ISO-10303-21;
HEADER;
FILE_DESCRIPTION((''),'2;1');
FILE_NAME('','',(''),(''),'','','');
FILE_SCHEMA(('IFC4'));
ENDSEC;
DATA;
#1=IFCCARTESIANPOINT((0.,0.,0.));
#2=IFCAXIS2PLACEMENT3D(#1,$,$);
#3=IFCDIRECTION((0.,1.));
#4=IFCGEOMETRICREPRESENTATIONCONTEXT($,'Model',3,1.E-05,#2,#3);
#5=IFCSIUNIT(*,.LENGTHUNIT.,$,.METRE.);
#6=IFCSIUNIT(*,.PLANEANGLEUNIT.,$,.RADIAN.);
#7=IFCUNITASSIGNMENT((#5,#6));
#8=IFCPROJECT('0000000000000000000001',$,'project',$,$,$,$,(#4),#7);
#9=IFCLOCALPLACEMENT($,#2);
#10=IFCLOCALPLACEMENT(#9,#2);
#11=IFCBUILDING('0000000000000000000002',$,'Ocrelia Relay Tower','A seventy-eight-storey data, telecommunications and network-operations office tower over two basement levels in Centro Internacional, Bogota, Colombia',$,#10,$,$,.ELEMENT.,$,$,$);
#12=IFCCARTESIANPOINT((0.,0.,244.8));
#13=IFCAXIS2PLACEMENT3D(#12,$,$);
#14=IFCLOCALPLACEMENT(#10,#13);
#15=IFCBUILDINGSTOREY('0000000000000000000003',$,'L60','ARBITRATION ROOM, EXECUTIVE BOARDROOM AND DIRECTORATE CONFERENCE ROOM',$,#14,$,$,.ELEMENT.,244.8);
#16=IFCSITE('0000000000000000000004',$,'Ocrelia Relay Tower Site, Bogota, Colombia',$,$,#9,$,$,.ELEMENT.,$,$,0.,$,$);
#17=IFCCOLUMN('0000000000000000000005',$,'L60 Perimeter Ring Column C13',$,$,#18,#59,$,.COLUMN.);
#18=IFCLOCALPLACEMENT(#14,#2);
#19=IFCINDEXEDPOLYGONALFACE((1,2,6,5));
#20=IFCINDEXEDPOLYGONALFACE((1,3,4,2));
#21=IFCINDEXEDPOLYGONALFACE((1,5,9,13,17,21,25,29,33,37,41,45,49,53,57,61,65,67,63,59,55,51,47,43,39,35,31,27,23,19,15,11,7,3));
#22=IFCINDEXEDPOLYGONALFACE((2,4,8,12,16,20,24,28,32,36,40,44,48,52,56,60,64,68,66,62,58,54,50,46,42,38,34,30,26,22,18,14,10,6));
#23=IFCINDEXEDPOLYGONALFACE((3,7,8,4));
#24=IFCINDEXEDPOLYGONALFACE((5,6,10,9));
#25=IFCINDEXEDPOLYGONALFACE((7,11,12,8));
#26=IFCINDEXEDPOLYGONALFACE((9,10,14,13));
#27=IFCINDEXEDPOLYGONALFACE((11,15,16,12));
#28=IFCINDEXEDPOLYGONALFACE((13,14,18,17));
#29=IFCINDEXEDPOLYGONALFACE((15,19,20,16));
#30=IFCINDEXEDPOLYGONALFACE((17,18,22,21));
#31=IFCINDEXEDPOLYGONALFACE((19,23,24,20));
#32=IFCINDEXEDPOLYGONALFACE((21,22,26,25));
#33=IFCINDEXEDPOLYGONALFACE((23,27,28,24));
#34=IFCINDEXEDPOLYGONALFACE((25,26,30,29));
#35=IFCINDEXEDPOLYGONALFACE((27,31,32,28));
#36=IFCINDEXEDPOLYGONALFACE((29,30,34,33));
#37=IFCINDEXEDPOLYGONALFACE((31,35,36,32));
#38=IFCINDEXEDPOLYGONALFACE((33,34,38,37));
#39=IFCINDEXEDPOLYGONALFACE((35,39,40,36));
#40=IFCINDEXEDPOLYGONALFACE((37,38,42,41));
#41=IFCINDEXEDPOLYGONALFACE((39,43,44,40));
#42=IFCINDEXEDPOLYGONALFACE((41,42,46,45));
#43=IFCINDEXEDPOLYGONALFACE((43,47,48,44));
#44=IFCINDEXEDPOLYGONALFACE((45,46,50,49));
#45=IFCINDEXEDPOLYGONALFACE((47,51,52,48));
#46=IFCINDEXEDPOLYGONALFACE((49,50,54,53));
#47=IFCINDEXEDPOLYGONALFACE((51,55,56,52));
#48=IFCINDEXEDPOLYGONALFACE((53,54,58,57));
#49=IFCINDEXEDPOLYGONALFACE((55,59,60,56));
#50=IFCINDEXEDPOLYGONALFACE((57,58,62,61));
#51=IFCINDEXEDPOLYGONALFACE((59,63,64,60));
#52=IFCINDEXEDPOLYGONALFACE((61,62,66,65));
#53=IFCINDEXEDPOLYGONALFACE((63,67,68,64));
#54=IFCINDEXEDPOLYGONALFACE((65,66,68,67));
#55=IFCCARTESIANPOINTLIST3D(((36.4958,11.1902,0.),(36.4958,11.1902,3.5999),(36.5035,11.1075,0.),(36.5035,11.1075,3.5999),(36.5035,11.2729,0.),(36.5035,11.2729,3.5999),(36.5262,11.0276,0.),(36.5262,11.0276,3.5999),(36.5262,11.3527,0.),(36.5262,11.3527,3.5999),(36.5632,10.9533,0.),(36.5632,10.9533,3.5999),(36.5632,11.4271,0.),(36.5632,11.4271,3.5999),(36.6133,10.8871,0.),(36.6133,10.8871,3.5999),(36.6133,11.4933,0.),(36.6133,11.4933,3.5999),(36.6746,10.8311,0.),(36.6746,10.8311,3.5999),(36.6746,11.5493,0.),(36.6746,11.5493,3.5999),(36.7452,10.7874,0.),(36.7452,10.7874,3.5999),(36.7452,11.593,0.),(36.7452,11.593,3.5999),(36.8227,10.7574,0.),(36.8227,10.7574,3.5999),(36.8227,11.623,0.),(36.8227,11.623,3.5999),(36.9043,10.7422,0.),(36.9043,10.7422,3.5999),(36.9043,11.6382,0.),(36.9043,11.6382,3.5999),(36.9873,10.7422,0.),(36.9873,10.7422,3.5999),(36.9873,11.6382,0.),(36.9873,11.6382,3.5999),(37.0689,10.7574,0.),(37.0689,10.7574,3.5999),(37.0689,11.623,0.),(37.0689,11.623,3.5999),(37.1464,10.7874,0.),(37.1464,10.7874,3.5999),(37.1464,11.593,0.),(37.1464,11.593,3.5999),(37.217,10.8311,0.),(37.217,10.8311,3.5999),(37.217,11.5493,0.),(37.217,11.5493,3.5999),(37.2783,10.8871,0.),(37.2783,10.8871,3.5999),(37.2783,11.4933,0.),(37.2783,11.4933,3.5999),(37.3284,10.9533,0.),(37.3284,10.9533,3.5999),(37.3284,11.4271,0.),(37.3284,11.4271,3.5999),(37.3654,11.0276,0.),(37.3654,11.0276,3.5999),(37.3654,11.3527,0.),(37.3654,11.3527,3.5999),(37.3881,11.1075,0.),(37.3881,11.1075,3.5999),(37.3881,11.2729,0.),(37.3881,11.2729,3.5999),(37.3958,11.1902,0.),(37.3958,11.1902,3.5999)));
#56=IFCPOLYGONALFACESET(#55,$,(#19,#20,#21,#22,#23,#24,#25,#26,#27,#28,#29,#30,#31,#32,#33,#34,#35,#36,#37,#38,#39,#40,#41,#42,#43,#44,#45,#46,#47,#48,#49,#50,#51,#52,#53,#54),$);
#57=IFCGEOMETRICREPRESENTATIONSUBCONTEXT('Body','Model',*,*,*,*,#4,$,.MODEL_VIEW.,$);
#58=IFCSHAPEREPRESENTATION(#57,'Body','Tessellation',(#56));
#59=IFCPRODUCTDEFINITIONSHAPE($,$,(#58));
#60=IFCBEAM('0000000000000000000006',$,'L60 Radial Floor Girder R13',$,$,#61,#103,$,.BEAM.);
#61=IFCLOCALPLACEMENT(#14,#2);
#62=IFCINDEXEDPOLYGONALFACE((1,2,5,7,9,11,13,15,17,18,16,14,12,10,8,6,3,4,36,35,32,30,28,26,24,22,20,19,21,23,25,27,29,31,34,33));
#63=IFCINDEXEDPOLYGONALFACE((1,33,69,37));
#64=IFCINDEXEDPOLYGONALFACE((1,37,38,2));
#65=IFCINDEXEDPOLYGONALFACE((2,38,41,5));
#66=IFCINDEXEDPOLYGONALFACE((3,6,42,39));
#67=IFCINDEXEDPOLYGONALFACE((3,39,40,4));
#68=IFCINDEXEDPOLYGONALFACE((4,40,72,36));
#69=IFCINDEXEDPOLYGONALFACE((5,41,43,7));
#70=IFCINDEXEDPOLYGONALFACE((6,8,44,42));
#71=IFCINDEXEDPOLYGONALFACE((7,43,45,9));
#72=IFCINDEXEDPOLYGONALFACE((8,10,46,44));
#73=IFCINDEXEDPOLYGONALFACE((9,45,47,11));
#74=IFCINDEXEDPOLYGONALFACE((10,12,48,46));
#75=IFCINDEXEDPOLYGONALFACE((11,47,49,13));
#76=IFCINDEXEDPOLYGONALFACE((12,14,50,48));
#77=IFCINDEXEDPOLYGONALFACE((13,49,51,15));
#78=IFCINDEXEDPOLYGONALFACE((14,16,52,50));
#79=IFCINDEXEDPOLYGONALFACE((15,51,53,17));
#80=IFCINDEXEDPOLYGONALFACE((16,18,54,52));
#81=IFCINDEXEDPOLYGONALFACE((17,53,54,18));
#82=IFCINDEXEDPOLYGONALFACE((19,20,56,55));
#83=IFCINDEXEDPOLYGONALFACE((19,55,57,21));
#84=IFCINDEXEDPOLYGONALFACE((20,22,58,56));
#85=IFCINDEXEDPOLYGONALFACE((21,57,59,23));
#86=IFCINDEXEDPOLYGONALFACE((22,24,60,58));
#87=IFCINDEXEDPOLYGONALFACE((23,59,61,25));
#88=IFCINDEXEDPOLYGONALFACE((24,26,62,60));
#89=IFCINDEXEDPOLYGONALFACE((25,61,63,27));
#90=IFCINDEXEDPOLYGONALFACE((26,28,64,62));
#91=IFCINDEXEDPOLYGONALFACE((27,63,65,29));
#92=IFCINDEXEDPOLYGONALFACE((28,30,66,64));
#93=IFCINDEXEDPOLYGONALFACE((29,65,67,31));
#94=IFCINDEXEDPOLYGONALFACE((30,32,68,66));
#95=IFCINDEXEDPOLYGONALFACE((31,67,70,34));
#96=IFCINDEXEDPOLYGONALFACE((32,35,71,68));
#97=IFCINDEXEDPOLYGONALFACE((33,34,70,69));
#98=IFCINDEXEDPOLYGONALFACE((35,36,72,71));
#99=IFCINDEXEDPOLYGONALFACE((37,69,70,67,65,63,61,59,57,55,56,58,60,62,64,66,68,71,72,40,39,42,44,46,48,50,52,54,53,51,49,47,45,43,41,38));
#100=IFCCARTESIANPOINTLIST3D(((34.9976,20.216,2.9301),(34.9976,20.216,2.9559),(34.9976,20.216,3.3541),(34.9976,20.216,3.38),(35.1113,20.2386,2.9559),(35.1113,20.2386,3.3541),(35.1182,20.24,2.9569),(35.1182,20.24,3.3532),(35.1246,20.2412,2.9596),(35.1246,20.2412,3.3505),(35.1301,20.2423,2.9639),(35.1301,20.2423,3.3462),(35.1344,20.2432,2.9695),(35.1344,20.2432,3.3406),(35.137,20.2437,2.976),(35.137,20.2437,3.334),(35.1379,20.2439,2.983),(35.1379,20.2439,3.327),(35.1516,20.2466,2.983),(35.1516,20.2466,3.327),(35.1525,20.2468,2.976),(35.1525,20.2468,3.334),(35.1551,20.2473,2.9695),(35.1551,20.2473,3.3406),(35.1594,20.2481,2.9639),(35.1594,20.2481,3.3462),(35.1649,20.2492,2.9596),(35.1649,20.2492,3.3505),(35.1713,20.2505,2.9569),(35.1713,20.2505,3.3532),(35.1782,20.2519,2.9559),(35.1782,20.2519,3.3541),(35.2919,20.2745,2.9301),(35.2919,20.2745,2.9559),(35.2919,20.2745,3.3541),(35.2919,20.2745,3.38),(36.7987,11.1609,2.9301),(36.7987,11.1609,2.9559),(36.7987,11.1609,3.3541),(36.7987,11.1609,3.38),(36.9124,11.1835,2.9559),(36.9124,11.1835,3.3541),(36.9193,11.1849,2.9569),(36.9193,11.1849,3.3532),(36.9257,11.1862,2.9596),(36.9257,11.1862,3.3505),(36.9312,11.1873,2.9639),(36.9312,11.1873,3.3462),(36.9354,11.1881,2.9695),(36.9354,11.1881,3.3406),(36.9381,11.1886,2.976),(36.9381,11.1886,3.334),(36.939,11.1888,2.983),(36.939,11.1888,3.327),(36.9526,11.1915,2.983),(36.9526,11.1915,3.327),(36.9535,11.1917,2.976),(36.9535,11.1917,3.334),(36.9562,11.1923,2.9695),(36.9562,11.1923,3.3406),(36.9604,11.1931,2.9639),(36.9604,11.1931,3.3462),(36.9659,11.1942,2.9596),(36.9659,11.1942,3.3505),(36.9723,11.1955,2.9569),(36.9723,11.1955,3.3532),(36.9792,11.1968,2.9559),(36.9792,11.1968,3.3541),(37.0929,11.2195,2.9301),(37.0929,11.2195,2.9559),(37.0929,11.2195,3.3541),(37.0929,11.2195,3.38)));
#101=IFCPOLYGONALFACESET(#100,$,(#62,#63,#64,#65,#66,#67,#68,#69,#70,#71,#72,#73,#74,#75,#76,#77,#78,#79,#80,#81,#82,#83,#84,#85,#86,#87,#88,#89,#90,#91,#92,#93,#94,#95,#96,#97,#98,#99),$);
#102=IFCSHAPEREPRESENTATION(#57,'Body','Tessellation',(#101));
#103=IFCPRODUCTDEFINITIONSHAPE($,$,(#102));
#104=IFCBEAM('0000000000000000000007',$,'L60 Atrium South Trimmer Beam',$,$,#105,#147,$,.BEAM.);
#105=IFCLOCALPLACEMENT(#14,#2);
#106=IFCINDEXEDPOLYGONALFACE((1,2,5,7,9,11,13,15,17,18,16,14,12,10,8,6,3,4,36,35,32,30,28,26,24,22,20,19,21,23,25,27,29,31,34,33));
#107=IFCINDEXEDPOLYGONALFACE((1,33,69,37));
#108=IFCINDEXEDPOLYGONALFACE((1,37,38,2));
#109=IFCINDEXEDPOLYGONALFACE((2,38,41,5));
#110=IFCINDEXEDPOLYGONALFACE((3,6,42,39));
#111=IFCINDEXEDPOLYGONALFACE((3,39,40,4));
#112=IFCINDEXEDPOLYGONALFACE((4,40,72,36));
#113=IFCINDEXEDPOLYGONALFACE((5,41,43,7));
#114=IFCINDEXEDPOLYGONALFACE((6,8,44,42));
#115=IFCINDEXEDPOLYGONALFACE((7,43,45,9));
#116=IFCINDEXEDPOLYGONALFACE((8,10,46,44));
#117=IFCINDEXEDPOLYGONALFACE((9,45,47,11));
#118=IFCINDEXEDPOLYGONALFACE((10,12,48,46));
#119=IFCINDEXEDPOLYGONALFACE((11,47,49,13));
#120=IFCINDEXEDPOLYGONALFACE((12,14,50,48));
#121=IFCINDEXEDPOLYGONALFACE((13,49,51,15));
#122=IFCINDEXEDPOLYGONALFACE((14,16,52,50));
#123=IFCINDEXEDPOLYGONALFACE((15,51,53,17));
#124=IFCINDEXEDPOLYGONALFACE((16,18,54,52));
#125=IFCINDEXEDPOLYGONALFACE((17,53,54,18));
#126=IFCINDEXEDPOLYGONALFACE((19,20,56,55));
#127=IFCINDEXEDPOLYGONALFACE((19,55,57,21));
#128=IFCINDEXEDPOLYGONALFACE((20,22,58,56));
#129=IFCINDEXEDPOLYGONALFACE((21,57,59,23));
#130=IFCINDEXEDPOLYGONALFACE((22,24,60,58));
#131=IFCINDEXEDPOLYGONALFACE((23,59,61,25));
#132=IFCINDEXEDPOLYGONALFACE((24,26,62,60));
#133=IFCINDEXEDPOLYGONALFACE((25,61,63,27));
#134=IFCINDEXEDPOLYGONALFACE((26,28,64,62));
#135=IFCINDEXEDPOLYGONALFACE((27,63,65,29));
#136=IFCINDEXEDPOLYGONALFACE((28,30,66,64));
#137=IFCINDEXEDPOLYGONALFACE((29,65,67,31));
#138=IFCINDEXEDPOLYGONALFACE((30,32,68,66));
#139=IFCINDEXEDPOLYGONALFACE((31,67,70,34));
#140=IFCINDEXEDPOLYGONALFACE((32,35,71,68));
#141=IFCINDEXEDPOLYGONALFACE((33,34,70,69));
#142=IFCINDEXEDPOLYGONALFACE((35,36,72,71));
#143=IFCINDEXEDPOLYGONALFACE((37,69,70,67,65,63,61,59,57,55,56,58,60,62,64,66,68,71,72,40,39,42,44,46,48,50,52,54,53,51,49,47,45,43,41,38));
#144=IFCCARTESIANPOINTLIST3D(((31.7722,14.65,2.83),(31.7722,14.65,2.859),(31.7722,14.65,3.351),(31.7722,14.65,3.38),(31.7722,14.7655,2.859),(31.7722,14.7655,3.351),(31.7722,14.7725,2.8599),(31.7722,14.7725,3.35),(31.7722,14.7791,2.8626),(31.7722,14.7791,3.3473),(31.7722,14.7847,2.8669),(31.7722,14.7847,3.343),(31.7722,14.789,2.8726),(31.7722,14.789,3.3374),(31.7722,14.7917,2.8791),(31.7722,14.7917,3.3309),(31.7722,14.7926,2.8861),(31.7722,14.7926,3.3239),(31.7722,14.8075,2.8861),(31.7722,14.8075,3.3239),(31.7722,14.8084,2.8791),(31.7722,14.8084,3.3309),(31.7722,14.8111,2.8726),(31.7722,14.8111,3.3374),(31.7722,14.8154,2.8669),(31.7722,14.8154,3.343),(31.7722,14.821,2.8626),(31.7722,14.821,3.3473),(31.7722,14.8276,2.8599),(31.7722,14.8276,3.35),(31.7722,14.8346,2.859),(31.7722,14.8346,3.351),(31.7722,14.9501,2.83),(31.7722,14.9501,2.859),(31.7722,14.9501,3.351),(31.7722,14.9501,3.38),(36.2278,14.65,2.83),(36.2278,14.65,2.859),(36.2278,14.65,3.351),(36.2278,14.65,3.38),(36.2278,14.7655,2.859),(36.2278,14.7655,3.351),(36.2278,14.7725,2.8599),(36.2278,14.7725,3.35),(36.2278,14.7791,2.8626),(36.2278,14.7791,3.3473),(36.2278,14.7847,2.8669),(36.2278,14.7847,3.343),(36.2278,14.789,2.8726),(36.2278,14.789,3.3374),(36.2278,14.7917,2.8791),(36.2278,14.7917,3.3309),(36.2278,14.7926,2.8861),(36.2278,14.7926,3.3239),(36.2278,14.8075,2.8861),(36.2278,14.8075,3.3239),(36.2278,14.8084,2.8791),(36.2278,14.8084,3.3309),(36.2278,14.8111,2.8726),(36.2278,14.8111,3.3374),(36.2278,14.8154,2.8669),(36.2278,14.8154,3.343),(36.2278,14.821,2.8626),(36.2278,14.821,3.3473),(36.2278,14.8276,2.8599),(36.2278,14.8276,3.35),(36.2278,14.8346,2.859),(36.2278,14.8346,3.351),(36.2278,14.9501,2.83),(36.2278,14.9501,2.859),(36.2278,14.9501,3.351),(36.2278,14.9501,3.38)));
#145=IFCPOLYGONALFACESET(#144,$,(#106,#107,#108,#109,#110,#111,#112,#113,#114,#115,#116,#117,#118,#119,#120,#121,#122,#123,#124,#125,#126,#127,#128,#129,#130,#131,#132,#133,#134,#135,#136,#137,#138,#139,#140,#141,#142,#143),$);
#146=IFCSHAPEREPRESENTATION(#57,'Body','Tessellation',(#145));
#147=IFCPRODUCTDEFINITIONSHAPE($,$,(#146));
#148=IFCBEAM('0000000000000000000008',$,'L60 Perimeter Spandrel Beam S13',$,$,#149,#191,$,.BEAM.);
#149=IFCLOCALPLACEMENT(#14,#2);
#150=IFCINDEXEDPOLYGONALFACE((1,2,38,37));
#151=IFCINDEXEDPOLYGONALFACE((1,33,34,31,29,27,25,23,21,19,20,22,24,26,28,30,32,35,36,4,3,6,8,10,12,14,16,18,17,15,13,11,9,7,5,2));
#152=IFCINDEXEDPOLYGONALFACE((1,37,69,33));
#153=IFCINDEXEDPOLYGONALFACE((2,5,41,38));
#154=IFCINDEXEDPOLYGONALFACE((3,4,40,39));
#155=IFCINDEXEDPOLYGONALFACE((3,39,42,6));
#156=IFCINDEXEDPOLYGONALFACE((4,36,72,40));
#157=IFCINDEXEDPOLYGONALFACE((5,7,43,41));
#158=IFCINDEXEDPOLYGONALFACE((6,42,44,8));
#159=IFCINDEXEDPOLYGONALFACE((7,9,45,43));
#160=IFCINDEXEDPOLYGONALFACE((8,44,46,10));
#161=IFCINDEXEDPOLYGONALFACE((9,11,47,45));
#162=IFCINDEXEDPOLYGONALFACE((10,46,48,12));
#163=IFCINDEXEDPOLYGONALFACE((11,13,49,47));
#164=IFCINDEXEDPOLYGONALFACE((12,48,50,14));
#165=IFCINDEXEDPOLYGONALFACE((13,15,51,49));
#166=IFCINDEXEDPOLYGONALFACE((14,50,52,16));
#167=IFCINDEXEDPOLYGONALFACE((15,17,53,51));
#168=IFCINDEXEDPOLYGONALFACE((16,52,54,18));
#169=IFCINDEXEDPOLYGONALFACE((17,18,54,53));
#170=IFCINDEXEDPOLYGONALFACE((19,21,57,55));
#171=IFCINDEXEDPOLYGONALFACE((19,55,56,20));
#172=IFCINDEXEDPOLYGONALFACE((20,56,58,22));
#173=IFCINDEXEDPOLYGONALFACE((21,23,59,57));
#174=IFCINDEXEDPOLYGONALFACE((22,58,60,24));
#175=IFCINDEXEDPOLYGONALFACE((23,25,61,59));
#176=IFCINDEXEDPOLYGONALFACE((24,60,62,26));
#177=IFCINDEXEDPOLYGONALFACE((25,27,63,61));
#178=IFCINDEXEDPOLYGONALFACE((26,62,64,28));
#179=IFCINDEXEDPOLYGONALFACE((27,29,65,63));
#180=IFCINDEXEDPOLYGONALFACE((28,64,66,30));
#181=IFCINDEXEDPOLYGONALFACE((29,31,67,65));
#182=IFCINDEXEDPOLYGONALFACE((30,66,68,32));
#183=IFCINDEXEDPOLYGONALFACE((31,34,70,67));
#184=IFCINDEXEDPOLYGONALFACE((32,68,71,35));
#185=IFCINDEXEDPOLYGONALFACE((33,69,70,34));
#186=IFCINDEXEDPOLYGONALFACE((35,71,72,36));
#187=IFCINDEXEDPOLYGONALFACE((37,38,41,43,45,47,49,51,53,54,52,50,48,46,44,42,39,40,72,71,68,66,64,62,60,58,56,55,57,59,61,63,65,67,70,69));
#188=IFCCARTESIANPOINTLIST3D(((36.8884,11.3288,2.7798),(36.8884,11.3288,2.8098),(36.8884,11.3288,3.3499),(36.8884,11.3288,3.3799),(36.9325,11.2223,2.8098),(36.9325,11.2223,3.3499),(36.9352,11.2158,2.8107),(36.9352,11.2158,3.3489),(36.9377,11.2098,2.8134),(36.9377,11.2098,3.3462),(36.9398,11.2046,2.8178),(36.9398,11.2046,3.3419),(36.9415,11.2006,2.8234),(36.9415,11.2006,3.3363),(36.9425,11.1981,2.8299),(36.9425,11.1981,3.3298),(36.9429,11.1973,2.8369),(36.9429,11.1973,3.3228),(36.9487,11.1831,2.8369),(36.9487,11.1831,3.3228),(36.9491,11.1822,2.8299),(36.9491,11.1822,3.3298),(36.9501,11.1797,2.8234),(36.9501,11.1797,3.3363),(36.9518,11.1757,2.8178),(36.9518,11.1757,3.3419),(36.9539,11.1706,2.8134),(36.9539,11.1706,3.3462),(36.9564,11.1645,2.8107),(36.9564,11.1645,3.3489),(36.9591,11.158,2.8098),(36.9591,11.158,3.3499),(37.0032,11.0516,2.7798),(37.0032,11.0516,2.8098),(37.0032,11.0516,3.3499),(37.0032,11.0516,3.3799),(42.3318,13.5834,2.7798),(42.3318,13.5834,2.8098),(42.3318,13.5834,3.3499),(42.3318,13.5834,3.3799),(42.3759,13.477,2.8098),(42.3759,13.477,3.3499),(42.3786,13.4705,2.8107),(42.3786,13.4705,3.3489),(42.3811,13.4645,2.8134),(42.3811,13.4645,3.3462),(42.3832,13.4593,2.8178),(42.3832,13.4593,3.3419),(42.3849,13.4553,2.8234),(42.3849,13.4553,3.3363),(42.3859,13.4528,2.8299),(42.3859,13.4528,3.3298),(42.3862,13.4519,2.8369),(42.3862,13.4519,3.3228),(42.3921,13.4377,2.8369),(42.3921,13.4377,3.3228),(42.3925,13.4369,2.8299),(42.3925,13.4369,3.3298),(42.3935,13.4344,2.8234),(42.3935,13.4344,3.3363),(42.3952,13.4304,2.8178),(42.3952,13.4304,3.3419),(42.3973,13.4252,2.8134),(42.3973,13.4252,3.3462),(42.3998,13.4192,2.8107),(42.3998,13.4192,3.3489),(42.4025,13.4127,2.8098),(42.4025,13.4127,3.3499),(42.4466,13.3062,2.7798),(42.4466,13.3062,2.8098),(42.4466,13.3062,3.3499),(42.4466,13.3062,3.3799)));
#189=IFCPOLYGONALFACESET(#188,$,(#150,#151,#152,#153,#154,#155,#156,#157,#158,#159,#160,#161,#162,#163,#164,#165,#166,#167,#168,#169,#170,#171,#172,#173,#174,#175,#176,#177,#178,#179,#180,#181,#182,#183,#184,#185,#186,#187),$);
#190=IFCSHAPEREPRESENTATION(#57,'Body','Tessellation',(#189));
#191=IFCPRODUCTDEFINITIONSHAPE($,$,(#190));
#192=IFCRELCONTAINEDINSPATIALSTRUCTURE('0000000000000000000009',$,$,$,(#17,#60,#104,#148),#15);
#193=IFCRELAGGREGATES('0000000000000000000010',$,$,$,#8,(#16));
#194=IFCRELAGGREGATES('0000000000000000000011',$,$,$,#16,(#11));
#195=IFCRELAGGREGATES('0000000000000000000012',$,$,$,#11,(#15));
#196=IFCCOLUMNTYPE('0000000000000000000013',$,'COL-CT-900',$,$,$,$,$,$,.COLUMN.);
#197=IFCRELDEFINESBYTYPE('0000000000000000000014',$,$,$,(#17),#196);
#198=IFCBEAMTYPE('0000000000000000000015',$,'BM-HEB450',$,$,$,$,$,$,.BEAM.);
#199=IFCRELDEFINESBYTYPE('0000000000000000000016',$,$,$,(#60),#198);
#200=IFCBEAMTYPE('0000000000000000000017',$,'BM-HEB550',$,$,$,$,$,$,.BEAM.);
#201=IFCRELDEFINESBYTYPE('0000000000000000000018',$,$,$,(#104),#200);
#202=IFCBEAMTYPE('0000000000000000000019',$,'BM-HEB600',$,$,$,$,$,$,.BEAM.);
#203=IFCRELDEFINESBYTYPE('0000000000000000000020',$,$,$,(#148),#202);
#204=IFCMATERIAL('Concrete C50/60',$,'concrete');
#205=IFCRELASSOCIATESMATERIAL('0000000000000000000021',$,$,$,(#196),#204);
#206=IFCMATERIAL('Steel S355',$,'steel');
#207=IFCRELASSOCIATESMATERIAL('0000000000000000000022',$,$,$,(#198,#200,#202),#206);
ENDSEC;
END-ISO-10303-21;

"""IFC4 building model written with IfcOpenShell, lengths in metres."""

from ifc_helpers import new_model, si_unit, direction, frame, origin, origin_2d, place, context, subcontext, project, spatial, circle, i_section, extrude, material, material_profile, profile_set, type_object, element, save


model = new_model("IFC4")

# Units and contexts
model_context = context("Model", 3, precision=1e-05, world=origin(), true_north=direction((0.0, 1.0)))
body_context = subcontext(model_context, "Body", "Model", "MODEL_VIEW")
ifc_project = project(units=[si_unit("LENGTHUNIT", "METRE"), si_unit("PLANEANGLEUNIT", "RADIAN")], contexts=[model_context])

# Site, building, storey
site_placement = place(None, origin())
site = spatial("IfcSite", under=ifc_project, at=site_placement, Name="Ocrelia Relay Tower Site, Bogota, Colombia", CompositionType="ELEMENT", RefElevation=0.0)
building_placement = place(site_placement, origin())
building = spatial("IfcBuilding", under=site, at=building_placement, Name="Ocrelia Relay Tower", Description="A seventy-eight-storey data, telecommunications and network-operations office tower over two basement levels in Centro Internacional, Bogota, Colombia", CompositionType="ELEMENT")
storey_placement = place(building_placement, frame((0.0, 0.0, 244.8)))
storey = spatial("IfcBuildingStorey", under=building, at=storey_placement, Name="L60", Description="ARBITRATION ROOM, EXECUTIVE BOARDROOM AND DIRECTORATE CONFERENCE ROOM", CompositionType="ELEMENT", Elevation=244.8)

# Column
ifc_material_1 = material(Name="Concrete C50/60", Category="concrete")
ifc_material_profile_1 = material_profile(ifc_material_1, circle(Radius=0.45, at=origin_2d()), Name="RC-CIR-900")
ifc_profile_set_1 = profile_set([ifc_material_profile_1], Name="Concrete C50/60")
column_type = type_object("IfcColumnType", Name="COL-CT-900", PredefinedType="COLUMN", material=ifc_profile_set_1)
column_placement = place(storey_placement, frame((36.9458, 11.1902, 0.0), z_axis=(0.0, 0.0, 1.0), x_axis=(1.0, 0.0, 0.0)))
element("IfcColumn", 1, at=column_placement, inside=storey, type_object=column_type, Name="L60 Perimeter Ring Column C13", PredefinedType="COLUMN", context=body_context, shape_type="SweptSolid", body=[
    extrude(circle(Radius=0.45, at=origin_2d()), origin(), (0.0, 0.0, 1.0), 3.5999),
])

# Beams
ifc_material_2 = material(Name="Steel S355", Category="steel")
ifc_material_profile_2 = material_profile(ifc_material_2, i_section(OverallWidth=0.3, OverallDepth=0.45, WebThickness=0.0139, FlangeThickness=0.0259, FilletRadius=0.0271, at=origin_2d()), Name="HEB 450")
ifc_profile_set_2 = profile_set([ifc_material_profile_2], Name="Steel S355")
beam_type_1 = type_object("IfcBeamType", Name="BM-HEB450", PredefinedType="BEAM", material=ifc_profile_set_2)
beam_1_placement = place(storey_placement, frame((36.9458, 11.1902, 3.155), z_axis=(-0.195079, 0.980788, 0.0), x_axis=(-0.980788, -0.195079, 0.0)))
element("IfcBeam", 2, at=beam_1_placement, inside=storey, type_object=beam_type_1, Name="L60 Radial Floor Girder R13", PredefinedType="BEAM", context=body_context, shape_type="SweptSolid", body=[
    extrude(i_section(OverallWidth=0.3, OverallDepth=0.45, WebThickness=0.0139, FlangeThickness=0.0259, FilletRadius=0.0271, at=origin_2d()), origin(), (0.0, 0.0, 1.0), 9.2324),
])
ifc_material_profile_3 = material_profile(ifc_material_2, i_section(OverallWidth=0.3, OverallDepth=0.55, WebThickness=0.0149, FlangeThickness=0.0291, FilletRadius=0.0271, at=origin_2d()), Name="HEB 550")
ifc_profile_set_3 = profile_set([ifc_material_profile_3], Name="Steel S355")
beam_type_2 = type_object("IfcBeamType", Name="BM-HEB550", PredefinedType="BEAM", material=ifc_profile_set_3)
beam_2_placement = place(storey_placement, frame((31.7722, 14.8, 3.105), z_axis=(1.0, 0.0, 0.0), x_axis=(0.0, 1.0, 0.0)))
element("IfcBeam", 3, at=beam_2_placement, inside=storey, type_object=beam_type_2, Name="L60 Atrium South Trimmer Beam", PredefinedType="BEAM", context=body_context, shape_type="SweptSolid", body=[
    extrude(i_section(OverallWidth=0.3, OverallDepth=0.55, WebThickness=0.0149, FlangeThickness=0.0291, FilletRadius=0.0271, at=origin_2d()), origin(), (0.0, 0.0, 1.0), 4.4556),
])
ifc_material_profile_4 = material_profile(ifc_material_2, i_section(OverallWidth=0.3, OverallDepth=0.6001, WebThickness=0.0154, FlangeThickness=0.03, FilletRadius=0.0271, at=origin_2d()), Name="HEB 600")
ifc_profile_set_4 = profile_set([ifc_material_profile_4], Name="Steel S355")
beam_type_3 = type_object("IfcBeamType", Name="BM-HEB600", PredefinedType="BEAM", material=ifc_profile_set_4)
beam_3_placement = place(storey_placement, frame((36.9458, 11.1902, 3.0798), z_axis=(0.923884, 0.382673, 0.0), x_axis=(-0.382673, 0.923884, 0.0)))
element("IfcBeam", 4, at=beam_3_placement, inside=storey, type_object=beam_type_3, Name="L60 Perimeter Spandrel Beam S13", PredefinedType="BEAM", context=body_context, shape_type="SweptSolid", body=[
    extrude(i_section(OverallWidth=0.3, OverallDepth=0.6001, WebThickness=0.0154, FlangeThickness=0.03, FilletRadius=0.0271, at=origin_2d()), origin(), (0.0, 0.0, 1.0), 5.8918),
])

save(model, "model.ifc")
